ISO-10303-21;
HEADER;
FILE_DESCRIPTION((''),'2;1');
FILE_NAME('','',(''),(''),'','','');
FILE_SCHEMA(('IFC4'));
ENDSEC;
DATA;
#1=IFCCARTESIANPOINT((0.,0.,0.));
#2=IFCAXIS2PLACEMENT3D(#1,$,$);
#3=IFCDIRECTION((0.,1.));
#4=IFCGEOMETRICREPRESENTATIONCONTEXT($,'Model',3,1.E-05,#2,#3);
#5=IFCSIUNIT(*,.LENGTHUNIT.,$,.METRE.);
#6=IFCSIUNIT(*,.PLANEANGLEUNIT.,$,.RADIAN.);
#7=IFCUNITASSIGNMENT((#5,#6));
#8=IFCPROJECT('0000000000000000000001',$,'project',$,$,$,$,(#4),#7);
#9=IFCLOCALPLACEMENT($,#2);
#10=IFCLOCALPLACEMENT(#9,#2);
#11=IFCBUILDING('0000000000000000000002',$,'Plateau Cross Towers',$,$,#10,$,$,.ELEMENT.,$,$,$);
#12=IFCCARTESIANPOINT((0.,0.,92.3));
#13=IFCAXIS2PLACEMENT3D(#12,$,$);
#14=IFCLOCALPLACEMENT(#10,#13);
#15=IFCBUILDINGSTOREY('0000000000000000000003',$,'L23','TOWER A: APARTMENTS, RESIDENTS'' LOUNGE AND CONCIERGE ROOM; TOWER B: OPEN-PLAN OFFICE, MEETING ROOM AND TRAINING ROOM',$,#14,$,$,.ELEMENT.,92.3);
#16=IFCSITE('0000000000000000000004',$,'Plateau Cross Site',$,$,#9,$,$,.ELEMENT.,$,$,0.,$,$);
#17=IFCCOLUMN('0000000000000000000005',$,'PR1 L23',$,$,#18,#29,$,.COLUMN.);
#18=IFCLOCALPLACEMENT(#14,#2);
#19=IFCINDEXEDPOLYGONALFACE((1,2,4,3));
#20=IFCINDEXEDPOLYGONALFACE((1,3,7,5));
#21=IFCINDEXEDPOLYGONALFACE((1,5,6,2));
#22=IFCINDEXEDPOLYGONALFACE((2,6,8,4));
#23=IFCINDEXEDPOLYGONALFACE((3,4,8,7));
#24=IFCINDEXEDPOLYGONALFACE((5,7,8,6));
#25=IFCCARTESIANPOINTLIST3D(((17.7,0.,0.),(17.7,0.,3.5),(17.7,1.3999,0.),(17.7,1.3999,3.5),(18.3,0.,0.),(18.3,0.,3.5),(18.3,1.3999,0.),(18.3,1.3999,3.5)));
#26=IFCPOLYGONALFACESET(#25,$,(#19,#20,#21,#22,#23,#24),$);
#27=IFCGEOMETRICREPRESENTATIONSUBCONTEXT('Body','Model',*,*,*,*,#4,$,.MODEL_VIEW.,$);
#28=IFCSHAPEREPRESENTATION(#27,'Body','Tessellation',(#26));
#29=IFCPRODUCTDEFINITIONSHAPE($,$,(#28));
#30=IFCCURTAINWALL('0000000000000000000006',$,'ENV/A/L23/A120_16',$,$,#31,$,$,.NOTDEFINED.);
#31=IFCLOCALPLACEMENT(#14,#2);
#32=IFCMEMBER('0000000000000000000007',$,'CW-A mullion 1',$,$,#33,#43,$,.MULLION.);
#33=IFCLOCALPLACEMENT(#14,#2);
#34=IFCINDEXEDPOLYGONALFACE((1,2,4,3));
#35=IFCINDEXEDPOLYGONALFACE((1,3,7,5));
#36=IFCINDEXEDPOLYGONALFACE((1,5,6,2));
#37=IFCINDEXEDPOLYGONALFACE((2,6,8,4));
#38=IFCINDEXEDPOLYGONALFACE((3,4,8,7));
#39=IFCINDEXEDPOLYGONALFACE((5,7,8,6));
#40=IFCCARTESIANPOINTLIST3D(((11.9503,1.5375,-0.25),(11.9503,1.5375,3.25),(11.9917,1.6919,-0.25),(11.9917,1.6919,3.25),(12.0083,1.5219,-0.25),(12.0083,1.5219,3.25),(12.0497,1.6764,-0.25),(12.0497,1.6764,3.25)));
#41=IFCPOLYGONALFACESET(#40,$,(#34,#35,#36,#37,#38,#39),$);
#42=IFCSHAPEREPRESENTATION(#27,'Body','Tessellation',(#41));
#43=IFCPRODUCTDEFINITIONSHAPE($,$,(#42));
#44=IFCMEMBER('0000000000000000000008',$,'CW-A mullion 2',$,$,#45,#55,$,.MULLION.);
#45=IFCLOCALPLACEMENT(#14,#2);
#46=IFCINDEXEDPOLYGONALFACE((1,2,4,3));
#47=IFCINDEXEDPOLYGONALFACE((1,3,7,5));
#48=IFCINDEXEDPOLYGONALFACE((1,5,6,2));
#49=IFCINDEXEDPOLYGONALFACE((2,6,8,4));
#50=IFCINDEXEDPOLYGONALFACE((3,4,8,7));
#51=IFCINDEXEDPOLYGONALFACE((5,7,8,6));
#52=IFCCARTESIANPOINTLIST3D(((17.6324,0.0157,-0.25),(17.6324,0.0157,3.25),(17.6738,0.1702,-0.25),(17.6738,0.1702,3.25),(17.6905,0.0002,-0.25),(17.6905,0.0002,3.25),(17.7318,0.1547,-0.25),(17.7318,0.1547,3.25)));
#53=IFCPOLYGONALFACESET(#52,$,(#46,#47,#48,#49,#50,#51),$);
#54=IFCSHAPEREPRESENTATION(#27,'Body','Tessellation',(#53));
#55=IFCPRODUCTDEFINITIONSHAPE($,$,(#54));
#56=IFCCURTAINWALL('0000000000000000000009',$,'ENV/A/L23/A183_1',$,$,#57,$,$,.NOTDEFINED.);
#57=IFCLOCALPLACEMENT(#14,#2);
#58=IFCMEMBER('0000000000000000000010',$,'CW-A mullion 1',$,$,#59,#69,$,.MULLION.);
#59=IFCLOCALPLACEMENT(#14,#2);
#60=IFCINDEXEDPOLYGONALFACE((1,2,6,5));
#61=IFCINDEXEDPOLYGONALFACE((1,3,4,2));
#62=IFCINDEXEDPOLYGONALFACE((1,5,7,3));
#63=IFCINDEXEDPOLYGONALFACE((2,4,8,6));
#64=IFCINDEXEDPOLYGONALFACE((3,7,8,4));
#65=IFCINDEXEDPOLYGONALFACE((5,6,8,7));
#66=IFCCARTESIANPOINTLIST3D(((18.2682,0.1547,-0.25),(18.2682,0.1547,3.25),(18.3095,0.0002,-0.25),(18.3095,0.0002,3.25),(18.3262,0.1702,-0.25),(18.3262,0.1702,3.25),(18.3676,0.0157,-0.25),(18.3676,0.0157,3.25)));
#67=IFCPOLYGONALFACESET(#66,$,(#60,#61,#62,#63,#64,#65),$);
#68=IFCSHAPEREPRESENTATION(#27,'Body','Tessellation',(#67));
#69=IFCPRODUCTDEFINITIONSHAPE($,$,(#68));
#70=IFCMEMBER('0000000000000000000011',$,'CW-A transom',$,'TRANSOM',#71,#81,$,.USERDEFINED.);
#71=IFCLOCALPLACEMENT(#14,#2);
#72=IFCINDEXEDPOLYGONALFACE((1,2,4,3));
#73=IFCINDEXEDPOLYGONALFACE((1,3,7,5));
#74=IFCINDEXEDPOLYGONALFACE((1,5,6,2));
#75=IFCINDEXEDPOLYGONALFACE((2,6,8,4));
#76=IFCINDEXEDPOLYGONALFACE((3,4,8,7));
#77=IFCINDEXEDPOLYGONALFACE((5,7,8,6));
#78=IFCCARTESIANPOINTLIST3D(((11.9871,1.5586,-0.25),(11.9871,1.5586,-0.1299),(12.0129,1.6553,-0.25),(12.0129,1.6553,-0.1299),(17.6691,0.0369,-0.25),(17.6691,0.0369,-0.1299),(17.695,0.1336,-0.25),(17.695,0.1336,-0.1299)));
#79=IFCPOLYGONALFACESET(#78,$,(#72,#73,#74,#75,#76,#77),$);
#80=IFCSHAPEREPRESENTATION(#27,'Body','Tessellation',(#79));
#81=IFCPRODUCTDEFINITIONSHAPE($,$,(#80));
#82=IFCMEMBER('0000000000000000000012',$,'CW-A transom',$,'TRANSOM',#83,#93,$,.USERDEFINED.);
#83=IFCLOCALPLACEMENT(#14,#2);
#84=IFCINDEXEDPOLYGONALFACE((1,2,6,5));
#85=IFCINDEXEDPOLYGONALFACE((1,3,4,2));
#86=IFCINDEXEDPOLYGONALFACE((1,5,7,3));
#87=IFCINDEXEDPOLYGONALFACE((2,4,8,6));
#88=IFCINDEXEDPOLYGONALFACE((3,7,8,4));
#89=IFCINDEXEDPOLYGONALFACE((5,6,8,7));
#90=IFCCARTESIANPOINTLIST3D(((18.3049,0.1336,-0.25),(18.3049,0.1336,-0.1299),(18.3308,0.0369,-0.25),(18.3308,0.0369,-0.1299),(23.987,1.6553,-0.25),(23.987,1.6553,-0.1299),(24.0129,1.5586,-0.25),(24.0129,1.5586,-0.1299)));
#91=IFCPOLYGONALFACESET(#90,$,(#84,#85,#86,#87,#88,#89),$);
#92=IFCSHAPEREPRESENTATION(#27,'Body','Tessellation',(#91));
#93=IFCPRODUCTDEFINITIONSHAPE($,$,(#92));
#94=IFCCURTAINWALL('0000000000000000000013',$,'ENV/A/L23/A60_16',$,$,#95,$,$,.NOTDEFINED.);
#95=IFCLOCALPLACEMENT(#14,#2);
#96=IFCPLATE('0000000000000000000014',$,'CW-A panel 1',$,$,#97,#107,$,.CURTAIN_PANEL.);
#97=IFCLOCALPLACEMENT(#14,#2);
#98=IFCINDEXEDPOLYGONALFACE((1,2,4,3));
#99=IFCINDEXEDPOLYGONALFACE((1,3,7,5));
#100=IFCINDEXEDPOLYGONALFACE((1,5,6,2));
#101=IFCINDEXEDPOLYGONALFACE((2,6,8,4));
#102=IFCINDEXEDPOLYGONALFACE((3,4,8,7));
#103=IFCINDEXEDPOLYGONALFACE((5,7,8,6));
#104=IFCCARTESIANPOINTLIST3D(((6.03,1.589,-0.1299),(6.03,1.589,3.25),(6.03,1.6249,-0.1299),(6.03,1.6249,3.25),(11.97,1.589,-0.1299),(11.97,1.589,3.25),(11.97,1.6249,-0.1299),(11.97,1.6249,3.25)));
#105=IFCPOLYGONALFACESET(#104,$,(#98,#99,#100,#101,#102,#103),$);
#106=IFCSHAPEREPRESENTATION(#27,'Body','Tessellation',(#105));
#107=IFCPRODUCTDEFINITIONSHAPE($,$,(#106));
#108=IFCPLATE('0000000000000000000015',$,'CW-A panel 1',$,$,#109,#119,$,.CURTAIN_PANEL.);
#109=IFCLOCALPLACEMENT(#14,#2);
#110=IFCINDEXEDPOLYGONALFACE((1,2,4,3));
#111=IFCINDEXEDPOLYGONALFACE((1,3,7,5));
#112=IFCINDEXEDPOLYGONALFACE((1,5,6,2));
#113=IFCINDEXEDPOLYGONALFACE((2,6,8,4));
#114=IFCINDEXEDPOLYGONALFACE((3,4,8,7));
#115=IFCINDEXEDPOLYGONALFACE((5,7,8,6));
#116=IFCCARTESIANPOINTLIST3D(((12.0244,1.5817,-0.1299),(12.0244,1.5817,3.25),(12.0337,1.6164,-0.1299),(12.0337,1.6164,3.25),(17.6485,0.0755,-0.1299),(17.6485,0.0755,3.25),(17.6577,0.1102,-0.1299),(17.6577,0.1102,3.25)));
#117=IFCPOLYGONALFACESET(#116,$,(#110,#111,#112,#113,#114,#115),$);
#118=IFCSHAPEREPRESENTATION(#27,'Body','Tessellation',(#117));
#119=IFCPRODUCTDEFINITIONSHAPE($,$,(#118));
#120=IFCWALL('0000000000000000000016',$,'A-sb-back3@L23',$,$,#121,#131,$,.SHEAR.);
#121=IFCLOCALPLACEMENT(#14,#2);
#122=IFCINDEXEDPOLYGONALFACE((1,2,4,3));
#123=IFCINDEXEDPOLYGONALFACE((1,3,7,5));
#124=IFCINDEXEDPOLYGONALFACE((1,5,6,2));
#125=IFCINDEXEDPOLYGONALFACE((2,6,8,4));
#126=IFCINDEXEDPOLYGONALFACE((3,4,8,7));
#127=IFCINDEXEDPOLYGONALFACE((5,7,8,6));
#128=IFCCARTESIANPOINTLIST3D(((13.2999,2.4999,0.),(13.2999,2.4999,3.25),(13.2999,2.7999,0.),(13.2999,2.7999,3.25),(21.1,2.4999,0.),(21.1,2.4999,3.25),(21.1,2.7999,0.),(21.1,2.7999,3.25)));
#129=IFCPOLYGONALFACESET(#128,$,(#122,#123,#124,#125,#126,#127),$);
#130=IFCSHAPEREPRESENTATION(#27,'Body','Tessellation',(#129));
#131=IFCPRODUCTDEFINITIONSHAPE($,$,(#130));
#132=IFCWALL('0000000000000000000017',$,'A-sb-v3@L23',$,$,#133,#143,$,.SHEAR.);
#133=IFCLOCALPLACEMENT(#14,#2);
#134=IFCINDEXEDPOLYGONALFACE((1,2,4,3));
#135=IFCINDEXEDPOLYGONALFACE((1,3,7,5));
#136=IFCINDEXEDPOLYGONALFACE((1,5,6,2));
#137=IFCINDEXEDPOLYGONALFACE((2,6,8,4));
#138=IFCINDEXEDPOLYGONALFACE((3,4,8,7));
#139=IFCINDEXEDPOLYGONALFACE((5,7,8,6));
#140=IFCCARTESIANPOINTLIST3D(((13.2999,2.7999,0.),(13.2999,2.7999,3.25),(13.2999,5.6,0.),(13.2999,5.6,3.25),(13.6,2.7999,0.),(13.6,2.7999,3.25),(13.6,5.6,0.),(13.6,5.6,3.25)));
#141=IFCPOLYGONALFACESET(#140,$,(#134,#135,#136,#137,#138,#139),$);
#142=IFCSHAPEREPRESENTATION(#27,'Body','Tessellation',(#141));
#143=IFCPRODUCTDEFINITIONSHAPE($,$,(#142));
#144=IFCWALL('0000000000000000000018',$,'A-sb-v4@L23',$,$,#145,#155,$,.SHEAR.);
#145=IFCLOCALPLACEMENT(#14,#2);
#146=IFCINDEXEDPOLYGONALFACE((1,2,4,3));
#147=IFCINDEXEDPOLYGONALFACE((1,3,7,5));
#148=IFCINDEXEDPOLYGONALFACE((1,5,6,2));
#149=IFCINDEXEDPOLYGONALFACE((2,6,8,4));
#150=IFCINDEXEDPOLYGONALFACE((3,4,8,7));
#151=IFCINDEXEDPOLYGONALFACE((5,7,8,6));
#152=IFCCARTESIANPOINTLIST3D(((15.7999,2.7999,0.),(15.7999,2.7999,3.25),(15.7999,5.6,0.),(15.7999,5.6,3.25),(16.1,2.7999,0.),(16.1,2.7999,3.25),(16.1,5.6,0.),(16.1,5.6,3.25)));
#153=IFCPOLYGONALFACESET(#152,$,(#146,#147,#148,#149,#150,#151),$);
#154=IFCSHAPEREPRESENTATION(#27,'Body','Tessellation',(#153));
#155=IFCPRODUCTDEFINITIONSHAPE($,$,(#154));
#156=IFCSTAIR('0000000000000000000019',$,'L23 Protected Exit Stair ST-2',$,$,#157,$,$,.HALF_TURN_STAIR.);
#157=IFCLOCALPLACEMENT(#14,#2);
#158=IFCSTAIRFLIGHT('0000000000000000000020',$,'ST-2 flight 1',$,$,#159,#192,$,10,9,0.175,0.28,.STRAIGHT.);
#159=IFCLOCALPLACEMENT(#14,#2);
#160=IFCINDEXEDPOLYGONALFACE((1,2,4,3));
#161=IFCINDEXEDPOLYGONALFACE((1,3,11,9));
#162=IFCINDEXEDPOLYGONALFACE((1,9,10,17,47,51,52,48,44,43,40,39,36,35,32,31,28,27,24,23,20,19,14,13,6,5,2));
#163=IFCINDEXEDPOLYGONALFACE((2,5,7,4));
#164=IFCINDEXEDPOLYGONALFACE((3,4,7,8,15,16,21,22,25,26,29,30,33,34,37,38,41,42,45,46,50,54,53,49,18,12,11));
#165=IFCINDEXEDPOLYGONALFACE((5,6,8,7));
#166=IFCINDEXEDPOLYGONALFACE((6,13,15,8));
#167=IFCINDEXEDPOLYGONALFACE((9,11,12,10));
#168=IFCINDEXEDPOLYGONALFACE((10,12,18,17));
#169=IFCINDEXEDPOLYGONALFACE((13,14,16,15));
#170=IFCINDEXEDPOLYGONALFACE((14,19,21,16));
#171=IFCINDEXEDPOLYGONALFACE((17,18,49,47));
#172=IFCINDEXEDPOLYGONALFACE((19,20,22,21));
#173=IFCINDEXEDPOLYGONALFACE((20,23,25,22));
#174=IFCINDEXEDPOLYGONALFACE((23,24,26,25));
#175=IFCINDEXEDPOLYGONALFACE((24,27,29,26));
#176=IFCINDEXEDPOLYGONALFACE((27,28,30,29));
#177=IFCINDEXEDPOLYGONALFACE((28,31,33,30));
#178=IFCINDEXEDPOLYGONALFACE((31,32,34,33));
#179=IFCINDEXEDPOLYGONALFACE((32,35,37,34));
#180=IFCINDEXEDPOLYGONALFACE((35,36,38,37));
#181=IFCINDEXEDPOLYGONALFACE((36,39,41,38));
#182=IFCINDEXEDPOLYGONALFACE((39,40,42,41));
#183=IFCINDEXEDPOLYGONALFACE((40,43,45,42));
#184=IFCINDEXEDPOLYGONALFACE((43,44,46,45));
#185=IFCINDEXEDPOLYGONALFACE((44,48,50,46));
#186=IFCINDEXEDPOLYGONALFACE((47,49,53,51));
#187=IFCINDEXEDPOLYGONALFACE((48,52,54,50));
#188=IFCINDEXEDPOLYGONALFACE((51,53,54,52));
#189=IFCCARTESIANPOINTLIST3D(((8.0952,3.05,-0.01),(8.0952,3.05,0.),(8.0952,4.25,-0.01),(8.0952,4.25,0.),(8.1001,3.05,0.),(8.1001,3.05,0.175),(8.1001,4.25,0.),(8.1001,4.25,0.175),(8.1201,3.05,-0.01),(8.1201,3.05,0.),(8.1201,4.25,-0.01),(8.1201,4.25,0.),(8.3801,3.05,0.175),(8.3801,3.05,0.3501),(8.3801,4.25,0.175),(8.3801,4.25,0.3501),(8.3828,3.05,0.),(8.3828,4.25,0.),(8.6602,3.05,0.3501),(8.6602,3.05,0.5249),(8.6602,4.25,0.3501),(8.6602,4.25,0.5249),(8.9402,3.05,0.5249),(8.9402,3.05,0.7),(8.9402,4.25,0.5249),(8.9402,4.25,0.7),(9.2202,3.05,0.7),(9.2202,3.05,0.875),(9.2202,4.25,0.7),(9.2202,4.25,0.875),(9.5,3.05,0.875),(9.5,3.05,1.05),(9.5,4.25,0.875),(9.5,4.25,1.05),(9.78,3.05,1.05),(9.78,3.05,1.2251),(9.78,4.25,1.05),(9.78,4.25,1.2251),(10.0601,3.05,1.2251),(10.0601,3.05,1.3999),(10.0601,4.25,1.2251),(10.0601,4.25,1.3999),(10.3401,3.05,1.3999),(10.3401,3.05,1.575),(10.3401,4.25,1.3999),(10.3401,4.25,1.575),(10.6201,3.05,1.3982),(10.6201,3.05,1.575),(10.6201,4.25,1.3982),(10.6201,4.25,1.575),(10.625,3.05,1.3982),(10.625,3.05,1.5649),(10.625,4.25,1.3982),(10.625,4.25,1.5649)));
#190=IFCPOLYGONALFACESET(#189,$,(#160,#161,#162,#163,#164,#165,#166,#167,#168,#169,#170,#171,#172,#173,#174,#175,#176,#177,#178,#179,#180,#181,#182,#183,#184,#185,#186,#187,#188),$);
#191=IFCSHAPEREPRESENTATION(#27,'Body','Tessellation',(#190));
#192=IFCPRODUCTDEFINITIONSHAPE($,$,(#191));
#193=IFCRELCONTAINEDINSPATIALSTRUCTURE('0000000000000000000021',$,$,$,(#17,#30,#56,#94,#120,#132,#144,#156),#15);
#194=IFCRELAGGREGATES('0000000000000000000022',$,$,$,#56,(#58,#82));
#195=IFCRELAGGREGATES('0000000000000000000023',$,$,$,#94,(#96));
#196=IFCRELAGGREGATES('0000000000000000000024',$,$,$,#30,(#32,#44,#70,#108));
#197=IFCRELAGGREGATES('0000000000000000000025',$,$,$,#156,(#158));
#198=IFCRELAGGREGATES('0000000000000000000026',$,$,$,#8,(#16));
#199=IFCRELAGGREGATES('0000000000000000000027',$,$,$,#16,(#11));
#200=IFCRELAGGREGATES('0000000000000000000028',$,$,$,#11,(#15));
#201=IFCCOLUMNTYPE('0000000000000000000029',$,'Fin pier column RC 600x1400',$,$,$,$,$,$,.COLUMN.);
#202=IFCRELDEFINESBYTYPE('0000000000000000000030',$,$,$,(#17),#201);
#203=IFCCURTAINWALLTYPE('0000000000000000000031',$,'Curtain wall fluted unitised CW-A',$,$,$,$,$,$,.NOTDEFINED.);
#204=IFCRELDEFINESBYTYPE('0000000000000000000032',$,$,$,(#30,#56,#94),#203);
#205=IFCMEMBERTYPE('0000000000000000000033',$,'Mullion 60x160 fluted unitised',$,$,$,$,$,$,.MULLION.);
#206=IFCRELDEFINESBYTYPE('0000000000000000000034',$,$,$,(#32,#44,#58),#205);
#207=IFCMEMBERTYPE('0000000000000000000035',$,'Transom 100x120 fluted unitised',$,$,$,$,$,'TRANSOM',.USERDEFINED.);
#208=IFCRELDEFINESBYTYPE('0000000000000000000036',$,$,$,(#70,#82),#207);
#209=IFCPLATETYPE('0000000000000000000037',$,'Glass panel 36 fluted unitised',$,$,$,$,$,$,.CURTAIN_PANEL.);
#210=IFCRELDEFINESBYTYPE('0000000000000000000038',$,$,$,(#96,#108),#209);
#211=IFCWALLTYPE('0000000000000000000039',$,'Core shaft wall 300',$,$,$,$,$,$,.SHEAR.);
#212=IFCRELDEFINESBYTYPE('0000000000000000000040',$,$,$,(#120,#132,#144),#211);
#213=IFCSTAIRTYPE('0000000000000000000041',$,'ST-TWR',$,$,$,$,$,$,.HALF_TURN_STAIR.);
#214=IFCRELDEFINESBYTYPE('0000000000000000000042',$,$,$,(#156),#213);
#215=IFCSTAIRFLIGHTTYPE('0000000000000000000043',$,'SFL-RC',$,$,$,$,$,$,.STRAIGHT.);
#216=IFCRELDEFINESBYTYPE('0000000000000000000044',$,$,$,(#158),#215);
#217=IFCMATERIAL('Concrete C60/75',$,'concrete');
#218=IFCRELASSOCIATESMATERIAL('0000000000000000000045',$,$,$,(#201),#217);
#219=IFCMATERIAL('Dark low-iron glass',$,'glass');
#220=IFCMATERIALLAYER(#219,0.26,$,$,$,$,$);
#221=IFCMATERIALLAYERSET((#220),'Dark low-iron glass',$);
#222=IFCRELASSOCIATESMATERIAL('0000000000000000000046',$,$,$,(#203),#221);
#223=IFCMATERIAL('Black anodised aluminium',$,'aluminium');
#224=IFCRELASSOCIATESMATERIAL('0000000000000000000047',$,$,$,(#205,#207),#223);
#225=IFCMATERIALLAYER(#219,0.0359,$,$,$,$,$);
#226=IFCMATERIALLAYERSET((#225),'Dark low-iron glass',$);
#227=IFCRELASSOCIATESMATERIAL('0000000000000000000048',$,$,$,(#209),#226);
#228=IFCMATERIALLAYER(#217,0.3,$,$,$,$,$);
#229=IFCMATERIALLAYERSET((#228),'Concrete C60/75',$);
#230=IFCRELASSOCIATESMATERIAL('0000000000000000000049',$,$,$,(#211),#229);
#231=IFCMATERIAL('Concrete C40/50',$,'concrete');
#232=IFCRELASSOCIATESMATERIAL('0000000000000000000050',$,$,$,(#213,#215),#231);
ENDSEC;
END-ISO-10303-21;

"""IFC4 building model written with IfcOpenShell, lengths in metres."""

from ifc_helpers import new_model, si_unit, direction, frame, frame_2d, origin, origin_2d, place, context, subcontext, project, spatial, polyline, rectangle, outline, extrude, material, layer, layer_set, material_profile, profile_set, type_object, element, aggregate, save


model = new_model("IFC4")

# Units and contexts
model_context = context("Model", 3, precision=1e-05, world=origin(), true_north=direction((0.0, 1.0)))
body_context = subcontext(model_context, "Body", "Model", "MODEL_VIEW")
ifc_project = project(units=[si_unit("LENGTHUNIT", "METRE"), si_unit("PLANEANGLEUNIT", "RADIAN")], contexts=[model_context])

# Site, building, storey
site_placement = place(None, origin())
site = spatial("IfcSite", under=ifc_project, at=site_placement, Name="Plateau Cross Site", CompositionType="ELEMENT", RefElevation=0.0)
building_placement = place(site_placement, origin())
building = spatial("IfcBuilding", under=site, at=building_placement, Name="Plateau Cross Towers", CompositionType="ELEMENT")
storey_placement = place(building_placement, frame((0.0, 0.0, 92.3)))
storey = spatial("IfcBuildingStorey", under=building, at=storey_placement, Name="L23", Description="TOWER A: APARTMENTS, RESIDENTS' LOUNGE AND CONCIERGE ROOM; TOWER B: OPEN-PLAN OFFICE, MEETING ROOM AND TRAINING ROOM", CompositionType="ELEMENT", Elevation=92.3)

# Column
ifc_material_1 = material(Name="Concrete C60/75", Category="concrete")
ifc_material_profile_1 = material_profile(ifc_material_1, rectangle(XDim=0.6001, YDim=1.3999, at=origin_2d()), Name="RC 600x1400")
ifc_profile_set_1 = profile_set([ifc_material_profile_1], Name="Concrete C60/75")
column_type = type_object("IfcColumnType", Name="Fin pier column RC 600x1400", PredefinedType="COLUMN", material=ifc_profile_set_1)
column_placement = place(storey_placement, frame((18.0, 0.7, 0.0), z_axis=(0.0, 0.0, 1.0), x_axis=(1.0, 0.0, 0.0)))
element("IfcColumn", 1, at=column_placement, inside=storey, type_object=column_type, Name="PR1 L23", PredefinedType="COLUMN", context=body_context, shape_type="SweptSolid", body=[
    extrude(rectangle(XDim=0.6001, YDim=1.3999, at=origin_2d()), origin(), (0.0, 0.0, 1.0), 3.5),
])

# Curtain wall, members
ifc_material_2 = material(Name="Dark low-iron glass", Category="glass")
ifc_layer_1 = layer(ifc_material_2, 0.26)
ifc_layer_set_1 = layer_set([ifc_layer_1], Name="Dark low-iron glass")
curtain_wall_type = type_object("IfcCurtainWallType", Name="Curtain wall fluted unitised CW-A", PredefinedType="NOTDEFINED", material=ifc_layer_set_1)
curtain_wall_1_placement = place(storey_placement, origin())
curtain_wall_1 = element("IfcCurtainWall", 2, at=curtain_wall_1_placement, inside=storey, type_object=curtain_wall_type, Name="ENV/A/L23/A120_16", PredefinedType="NOTDEFINED")
ifc_material_3 = material(Name="Black anodised aluminium", Category="aluminium")
ifc_material_profile_2 = material_profile(ifc_material_3, rectangle(XDim=0.0601, YDim=0.1599, at=origin_2d()), Name="MULLION 60x160")
ifc_profile_set_2 = profile_set([ifc_material_profile_2], Name="Black anodised aluminium")
member_type_1 = type_object("IfcMemberType", Name="Mullion 60x160 fluted unitised", PredefinedType="MULLION", material=ifc_profile_set_2)
member_1_placement = place(storey_placement, frame((12.0, 1.6069, -0.25), z_axis=(0.0, 0.0, 1.0), x_axis=(0.965958, -0.258699, 0.0)))
member_1 = element("IfcMember", 3, at=member_1_placement, type_object=member_type_1, Name="CW-A mullion 1", PredefinedType="MULLION", context=body_context, shape_type="SweptSolid", body=[
    extrude(rectangle(XDim=0.0601, YDim=0.1599, at=origin_2d()), origin(), (0.0, 0.0, 1.0), 3.5),
])
member_2_placement = place(storey_placement, frame((17.6821, 0.0852, -0.25), z_axis=(0.0, 0.0, 1.0), x_axis=(0.965958, -0.258699, 0.0)))
member_2 = element("IfcMember", 4, at=member_2_placement, type_object=member_type_1, Name="CW-A mullion 2", PredefinedType="MULLION", context=body_context, shape_type="SweptSolid", body=[
    extrude(rectangle(XDim=0.0601, YDim=0.1599, at=origin_2d()), origin(), (0.0, 0.0, 1.0), 3.5),
])

# Curtain wall, member
curtain_wall_2_placement = place(storey_placement, origin())
curtain_wall_2 = element("IfcCurtainWall", 5, at=curtain_wall_2_placement, inside=storey, type_object=curtain_wall_type, Name="ENV/A/L23/A183_1", PredefinedType="NOTDEFINED")
member_3_placement = place(storey_placement, frame((18.3179, 0.0852, -0.25), z_axis=(0.0, 0.0, 1.0), x_axis=(0.965958, 0.258699, 0.0)))
member_3 = element("IfcMember", 6, at=member_3_placement, type_object=member_type_1, Name="CW-A mullion 1", PredefinedType="MULLION", context=body_context, shape_type="SweptSolid", body=[
    extrude(rectangle(XDim=0.0601, YDim=0.1599, at=origin_2d()), origin(), (0.0, 0.0, 1.0), 3.5),
])

# Members
ifc_material_profile_3 = material_profile(ifc_material_3, rectangle(XDim=0.1001, YDim=0.1201, at=origin_2d()), Name="TRANSOM 100x120")
ifc_profile_set_3 = profile_set([ifc_material_profile_3], Name="Black anodised aluminium")
member_type_2 = type_object("IfcMemberType", Name="Transom 100x120 fluted unitised", ElementType="TRANSOM", PredefinedType="USERDEFINED", material=ifc_profile_set_3)
member_4_placement = place(storey_placement, frame((12.0, 1.6069, -0.1899), z_axis=(0.96596, -0.258693, 0.0), x_axis=(0.258693, 0.96596, 0.0)))
member_4 = element("IfcMember", 7, at=member_4_placement, type_object=member_type_2, Name="CW-A transom", ObjectType="TRANSOM", PredefinedType="USERDEFINED", context=body_context, shape_type="SweptSolid", body=[
    extrude(rectangle(XDim=0.1001, YDim=0.1201, at=origin_2d()), origin(), (0.0, 0.0, 1.0), 5.8823),
])
member_5_placement = place(storey_placement, frame((18.3179, 0.0852, -0.1899), z_axis=(0.96596, 0.258693, 0.0), x_axis=(-0.258693, 0.96596, 0.0)))
member_5 = element("IfcMember", 8, at=member_5_placement, type_object=member_type_2, Name="CW-A transom", ObjectType="TRANSOM", PredefinedType="USERDEFINED", context=body_context, shape_type="SweptSolid", body=[
    extrude(rectangle(XDim=0.1001, YDim=0.1201, at=origin_2d()), origin(), (0.0, 0.0, 1.0), 5.8823),
])
aggregate(curtain_wall_2, [member_3, member_5])

# Curtain wall, plate
curtain_wall_3_placement = place(storey_placement, origin())
curtain_wall_3 = element("IfcCurtainWall", 9, at=curtain_wall_3_placement, inside=storey, type_object=curtain_wall_type, Name="ENV/A/L23/A60_16", PredefinedType="NOTDEFINED")
ifc_layer_2 = layer(ifc_material_2, 0.0359)
ifc_layer_set_2 = layer_set([ifc_layer_2], Name="Dark low-iron glass")
plate_type = type_object("IfcPlateType", Name="Glass panel 36 fluted unitised", PredefinedType="CURTAIN_PANEL", material=ifc_layer_set_2)
plate_1_placement = place(storey_placement, frame((9.0, 1.6069, -0.1299), z_axis=(0.0, 0.0, 1.0), x_axis=(1.0, 0.0, 0.0)))
plate_1 = element("IfcPlate", 10, at=plate_1_placement, type_object=plate_type, Name="CW-A panel 1", PredefinedType="CURTAIN_PANEL", context=body_context, shape_type="SweptSolid", body=[
    extrude(rectangle(XDim=5.9399, YDim=0.0359, at=origin_2d()), origin(), (0.0, 0.0, 1.0), 3.3799),
])
aggregate(curtain_wall_3, [plate_1])

# Plate
plate_2_placement = place(storey_placement, frame((14.8411, 0.8459, -0.1299), z_axis=(0.0, 0.0, 1.0), x_axis=(0.965958, -0.258699, 0.0)))
plate_2 = element("IfcPlate", 11, at=plate_2_placement, type_object=plate_type, Name="CW-A panel 1", PredefinedType="CURTAIN_PANEL", context=body_context, shape_type="SweptSolid", body=[
    extrude(rectangle(XDim=5.8223, YDim=0.0359, at=origin_2d()), origin(), (0.0, 0.0, 1.0), 3.3799),
])
aggregate(curtain_wall_1, [member_1, member_2, member_4, plate_2])

# Walls
ifc_layer_3 = layer(ifc_material_1, 0.3)
ifc_layer_set_3 = layer_set([ifc_layer_3], Name="Concrete C60/75")
wall_type = type_object("IfcWallType", Name="Core shaft wall 300", PredefinedType="SHEAR", material=ifc_layer_set_3)
wall_placement = place(storey_placement, frame((13.3, 2.6499, 0.0), z_axis=(0.0, 0.0, 1.0), x_axis=(1.0, 0.0, 0.0)))
element("IfcWall", 12, at=wall_placement, inside=storey, type_object=wall_type, Name="A-sb-back3@L23", PredefinedType="SHEAR", context=body_context, shape_type="SweptSolid", body=[
    extrude(rectangle(XDim=7.8, YDim=0.3, at=frame_2d((3.8999, 0.0))), origin(), (0.0, 0.0, 1.0), 3.25),
])
for number, where, z_axis, x_axis, name in (
    (13, (13.45, 2.8, 0.0), (0.0, 0.0, 1.0), (0.0, 1.0, 0.0), "A-sb-v3@L23"),
    (14, (15.95, 2.8, 0.0), (0.0, 0.0, 1.0), (0.0, 1.0, 0.0), "A-sb-v4@L23"),
):
    element("IfcWall", number, at=place(storey_placement, frame(where, z_axis=z_axis, x_axis=x_axis)), inside=storey, type_object=wall_type, Name=name, PredefinedType="SHEAR", context=body_context, shape_type="SweptSolid", body=[
        extrude(rectangle(XDim=2.8, YDim=0.3, at=frame_2d((1.3999, 0.0))), origin(), (0.0, 0.0, 1.0), 3.25),
    ])

# Stair, stair flight
ifc_material_4 = material(Name="Concrete C40/50", Category="concrete")
stair_type = type_object("IfcStairType", Name="ST-TWR", PredefinedType="HALF_TURN_STAIR", material=ifc_material_4)
stair_placement = place(storey_placement, origin())
stair = element("IfcStair", 15, at=stair_placement, inside=storey, type_object=stair_type, Name="L23 Protected Exit Stair ST-2", PredefinedType="HALF_TURN_STAIR")
stair_flight_type = type_object("IfcStairFlightType", Name="SFL-RC", PredefinedType="STRAIGHT", material=ifc_material_4)
stair_flight_placement = place(storey_placement, frame((8.1001, 3.6499, 0.0), z_axis=(0.0, 0.0, 1.0), x_axis=(1.0, 0.0, 0.0)))
stair_flight = element("IfcStairFlight", 16, at=stair_flight_placement, type_object=stair_flight_type, Name="ST-2 flight 1", NumberOfRisers=10, NumberOfTreads=9, PredefinedType="STRAIGHT", RiserHeight=0.175, TreadLength=0.28, context=body_context, shape_type="SweptSolid", body=[
    extrude(outline(polyline([(-0.0049, -0.01), (-0.0049, 0.0), (0.0, 0.0), (0.0, 0.175), (0.28, 0.175), (0.28, 0.3501), (0.5601, 0.3501), (0.5601, 0.5249), (0.8401, 0.5249), (0.8401, 0.7), (1.1201, 0.7), (1.1201, 0.875), (1.3999, 0.875), (1.3999, 1.05), (1.6799, 1.05), (1.6799, 1.2251), (1.96, 1.2251), (1.96, 1.3999), (2.24, 1.3999), (2.24, 1.575), (2.52, 1.575), (2.5249, 1.5649), (2.5249, 1.3982), (2.52, 1.3982), (0.2827, 0.0), (0.02, 0.0), (0.02, -0.01), (-0.0049, -0.01)])), frame((0.0, 0.6001, 0.0), z_axis=(0.0, -1.0, 0.0), x_axis=(1.0, 0.0, 0.0)), (0.0, 0.0, 1.0), 1.2),
])
aggregate(stair, [stair_flight])

save(model, "model.ifc")
